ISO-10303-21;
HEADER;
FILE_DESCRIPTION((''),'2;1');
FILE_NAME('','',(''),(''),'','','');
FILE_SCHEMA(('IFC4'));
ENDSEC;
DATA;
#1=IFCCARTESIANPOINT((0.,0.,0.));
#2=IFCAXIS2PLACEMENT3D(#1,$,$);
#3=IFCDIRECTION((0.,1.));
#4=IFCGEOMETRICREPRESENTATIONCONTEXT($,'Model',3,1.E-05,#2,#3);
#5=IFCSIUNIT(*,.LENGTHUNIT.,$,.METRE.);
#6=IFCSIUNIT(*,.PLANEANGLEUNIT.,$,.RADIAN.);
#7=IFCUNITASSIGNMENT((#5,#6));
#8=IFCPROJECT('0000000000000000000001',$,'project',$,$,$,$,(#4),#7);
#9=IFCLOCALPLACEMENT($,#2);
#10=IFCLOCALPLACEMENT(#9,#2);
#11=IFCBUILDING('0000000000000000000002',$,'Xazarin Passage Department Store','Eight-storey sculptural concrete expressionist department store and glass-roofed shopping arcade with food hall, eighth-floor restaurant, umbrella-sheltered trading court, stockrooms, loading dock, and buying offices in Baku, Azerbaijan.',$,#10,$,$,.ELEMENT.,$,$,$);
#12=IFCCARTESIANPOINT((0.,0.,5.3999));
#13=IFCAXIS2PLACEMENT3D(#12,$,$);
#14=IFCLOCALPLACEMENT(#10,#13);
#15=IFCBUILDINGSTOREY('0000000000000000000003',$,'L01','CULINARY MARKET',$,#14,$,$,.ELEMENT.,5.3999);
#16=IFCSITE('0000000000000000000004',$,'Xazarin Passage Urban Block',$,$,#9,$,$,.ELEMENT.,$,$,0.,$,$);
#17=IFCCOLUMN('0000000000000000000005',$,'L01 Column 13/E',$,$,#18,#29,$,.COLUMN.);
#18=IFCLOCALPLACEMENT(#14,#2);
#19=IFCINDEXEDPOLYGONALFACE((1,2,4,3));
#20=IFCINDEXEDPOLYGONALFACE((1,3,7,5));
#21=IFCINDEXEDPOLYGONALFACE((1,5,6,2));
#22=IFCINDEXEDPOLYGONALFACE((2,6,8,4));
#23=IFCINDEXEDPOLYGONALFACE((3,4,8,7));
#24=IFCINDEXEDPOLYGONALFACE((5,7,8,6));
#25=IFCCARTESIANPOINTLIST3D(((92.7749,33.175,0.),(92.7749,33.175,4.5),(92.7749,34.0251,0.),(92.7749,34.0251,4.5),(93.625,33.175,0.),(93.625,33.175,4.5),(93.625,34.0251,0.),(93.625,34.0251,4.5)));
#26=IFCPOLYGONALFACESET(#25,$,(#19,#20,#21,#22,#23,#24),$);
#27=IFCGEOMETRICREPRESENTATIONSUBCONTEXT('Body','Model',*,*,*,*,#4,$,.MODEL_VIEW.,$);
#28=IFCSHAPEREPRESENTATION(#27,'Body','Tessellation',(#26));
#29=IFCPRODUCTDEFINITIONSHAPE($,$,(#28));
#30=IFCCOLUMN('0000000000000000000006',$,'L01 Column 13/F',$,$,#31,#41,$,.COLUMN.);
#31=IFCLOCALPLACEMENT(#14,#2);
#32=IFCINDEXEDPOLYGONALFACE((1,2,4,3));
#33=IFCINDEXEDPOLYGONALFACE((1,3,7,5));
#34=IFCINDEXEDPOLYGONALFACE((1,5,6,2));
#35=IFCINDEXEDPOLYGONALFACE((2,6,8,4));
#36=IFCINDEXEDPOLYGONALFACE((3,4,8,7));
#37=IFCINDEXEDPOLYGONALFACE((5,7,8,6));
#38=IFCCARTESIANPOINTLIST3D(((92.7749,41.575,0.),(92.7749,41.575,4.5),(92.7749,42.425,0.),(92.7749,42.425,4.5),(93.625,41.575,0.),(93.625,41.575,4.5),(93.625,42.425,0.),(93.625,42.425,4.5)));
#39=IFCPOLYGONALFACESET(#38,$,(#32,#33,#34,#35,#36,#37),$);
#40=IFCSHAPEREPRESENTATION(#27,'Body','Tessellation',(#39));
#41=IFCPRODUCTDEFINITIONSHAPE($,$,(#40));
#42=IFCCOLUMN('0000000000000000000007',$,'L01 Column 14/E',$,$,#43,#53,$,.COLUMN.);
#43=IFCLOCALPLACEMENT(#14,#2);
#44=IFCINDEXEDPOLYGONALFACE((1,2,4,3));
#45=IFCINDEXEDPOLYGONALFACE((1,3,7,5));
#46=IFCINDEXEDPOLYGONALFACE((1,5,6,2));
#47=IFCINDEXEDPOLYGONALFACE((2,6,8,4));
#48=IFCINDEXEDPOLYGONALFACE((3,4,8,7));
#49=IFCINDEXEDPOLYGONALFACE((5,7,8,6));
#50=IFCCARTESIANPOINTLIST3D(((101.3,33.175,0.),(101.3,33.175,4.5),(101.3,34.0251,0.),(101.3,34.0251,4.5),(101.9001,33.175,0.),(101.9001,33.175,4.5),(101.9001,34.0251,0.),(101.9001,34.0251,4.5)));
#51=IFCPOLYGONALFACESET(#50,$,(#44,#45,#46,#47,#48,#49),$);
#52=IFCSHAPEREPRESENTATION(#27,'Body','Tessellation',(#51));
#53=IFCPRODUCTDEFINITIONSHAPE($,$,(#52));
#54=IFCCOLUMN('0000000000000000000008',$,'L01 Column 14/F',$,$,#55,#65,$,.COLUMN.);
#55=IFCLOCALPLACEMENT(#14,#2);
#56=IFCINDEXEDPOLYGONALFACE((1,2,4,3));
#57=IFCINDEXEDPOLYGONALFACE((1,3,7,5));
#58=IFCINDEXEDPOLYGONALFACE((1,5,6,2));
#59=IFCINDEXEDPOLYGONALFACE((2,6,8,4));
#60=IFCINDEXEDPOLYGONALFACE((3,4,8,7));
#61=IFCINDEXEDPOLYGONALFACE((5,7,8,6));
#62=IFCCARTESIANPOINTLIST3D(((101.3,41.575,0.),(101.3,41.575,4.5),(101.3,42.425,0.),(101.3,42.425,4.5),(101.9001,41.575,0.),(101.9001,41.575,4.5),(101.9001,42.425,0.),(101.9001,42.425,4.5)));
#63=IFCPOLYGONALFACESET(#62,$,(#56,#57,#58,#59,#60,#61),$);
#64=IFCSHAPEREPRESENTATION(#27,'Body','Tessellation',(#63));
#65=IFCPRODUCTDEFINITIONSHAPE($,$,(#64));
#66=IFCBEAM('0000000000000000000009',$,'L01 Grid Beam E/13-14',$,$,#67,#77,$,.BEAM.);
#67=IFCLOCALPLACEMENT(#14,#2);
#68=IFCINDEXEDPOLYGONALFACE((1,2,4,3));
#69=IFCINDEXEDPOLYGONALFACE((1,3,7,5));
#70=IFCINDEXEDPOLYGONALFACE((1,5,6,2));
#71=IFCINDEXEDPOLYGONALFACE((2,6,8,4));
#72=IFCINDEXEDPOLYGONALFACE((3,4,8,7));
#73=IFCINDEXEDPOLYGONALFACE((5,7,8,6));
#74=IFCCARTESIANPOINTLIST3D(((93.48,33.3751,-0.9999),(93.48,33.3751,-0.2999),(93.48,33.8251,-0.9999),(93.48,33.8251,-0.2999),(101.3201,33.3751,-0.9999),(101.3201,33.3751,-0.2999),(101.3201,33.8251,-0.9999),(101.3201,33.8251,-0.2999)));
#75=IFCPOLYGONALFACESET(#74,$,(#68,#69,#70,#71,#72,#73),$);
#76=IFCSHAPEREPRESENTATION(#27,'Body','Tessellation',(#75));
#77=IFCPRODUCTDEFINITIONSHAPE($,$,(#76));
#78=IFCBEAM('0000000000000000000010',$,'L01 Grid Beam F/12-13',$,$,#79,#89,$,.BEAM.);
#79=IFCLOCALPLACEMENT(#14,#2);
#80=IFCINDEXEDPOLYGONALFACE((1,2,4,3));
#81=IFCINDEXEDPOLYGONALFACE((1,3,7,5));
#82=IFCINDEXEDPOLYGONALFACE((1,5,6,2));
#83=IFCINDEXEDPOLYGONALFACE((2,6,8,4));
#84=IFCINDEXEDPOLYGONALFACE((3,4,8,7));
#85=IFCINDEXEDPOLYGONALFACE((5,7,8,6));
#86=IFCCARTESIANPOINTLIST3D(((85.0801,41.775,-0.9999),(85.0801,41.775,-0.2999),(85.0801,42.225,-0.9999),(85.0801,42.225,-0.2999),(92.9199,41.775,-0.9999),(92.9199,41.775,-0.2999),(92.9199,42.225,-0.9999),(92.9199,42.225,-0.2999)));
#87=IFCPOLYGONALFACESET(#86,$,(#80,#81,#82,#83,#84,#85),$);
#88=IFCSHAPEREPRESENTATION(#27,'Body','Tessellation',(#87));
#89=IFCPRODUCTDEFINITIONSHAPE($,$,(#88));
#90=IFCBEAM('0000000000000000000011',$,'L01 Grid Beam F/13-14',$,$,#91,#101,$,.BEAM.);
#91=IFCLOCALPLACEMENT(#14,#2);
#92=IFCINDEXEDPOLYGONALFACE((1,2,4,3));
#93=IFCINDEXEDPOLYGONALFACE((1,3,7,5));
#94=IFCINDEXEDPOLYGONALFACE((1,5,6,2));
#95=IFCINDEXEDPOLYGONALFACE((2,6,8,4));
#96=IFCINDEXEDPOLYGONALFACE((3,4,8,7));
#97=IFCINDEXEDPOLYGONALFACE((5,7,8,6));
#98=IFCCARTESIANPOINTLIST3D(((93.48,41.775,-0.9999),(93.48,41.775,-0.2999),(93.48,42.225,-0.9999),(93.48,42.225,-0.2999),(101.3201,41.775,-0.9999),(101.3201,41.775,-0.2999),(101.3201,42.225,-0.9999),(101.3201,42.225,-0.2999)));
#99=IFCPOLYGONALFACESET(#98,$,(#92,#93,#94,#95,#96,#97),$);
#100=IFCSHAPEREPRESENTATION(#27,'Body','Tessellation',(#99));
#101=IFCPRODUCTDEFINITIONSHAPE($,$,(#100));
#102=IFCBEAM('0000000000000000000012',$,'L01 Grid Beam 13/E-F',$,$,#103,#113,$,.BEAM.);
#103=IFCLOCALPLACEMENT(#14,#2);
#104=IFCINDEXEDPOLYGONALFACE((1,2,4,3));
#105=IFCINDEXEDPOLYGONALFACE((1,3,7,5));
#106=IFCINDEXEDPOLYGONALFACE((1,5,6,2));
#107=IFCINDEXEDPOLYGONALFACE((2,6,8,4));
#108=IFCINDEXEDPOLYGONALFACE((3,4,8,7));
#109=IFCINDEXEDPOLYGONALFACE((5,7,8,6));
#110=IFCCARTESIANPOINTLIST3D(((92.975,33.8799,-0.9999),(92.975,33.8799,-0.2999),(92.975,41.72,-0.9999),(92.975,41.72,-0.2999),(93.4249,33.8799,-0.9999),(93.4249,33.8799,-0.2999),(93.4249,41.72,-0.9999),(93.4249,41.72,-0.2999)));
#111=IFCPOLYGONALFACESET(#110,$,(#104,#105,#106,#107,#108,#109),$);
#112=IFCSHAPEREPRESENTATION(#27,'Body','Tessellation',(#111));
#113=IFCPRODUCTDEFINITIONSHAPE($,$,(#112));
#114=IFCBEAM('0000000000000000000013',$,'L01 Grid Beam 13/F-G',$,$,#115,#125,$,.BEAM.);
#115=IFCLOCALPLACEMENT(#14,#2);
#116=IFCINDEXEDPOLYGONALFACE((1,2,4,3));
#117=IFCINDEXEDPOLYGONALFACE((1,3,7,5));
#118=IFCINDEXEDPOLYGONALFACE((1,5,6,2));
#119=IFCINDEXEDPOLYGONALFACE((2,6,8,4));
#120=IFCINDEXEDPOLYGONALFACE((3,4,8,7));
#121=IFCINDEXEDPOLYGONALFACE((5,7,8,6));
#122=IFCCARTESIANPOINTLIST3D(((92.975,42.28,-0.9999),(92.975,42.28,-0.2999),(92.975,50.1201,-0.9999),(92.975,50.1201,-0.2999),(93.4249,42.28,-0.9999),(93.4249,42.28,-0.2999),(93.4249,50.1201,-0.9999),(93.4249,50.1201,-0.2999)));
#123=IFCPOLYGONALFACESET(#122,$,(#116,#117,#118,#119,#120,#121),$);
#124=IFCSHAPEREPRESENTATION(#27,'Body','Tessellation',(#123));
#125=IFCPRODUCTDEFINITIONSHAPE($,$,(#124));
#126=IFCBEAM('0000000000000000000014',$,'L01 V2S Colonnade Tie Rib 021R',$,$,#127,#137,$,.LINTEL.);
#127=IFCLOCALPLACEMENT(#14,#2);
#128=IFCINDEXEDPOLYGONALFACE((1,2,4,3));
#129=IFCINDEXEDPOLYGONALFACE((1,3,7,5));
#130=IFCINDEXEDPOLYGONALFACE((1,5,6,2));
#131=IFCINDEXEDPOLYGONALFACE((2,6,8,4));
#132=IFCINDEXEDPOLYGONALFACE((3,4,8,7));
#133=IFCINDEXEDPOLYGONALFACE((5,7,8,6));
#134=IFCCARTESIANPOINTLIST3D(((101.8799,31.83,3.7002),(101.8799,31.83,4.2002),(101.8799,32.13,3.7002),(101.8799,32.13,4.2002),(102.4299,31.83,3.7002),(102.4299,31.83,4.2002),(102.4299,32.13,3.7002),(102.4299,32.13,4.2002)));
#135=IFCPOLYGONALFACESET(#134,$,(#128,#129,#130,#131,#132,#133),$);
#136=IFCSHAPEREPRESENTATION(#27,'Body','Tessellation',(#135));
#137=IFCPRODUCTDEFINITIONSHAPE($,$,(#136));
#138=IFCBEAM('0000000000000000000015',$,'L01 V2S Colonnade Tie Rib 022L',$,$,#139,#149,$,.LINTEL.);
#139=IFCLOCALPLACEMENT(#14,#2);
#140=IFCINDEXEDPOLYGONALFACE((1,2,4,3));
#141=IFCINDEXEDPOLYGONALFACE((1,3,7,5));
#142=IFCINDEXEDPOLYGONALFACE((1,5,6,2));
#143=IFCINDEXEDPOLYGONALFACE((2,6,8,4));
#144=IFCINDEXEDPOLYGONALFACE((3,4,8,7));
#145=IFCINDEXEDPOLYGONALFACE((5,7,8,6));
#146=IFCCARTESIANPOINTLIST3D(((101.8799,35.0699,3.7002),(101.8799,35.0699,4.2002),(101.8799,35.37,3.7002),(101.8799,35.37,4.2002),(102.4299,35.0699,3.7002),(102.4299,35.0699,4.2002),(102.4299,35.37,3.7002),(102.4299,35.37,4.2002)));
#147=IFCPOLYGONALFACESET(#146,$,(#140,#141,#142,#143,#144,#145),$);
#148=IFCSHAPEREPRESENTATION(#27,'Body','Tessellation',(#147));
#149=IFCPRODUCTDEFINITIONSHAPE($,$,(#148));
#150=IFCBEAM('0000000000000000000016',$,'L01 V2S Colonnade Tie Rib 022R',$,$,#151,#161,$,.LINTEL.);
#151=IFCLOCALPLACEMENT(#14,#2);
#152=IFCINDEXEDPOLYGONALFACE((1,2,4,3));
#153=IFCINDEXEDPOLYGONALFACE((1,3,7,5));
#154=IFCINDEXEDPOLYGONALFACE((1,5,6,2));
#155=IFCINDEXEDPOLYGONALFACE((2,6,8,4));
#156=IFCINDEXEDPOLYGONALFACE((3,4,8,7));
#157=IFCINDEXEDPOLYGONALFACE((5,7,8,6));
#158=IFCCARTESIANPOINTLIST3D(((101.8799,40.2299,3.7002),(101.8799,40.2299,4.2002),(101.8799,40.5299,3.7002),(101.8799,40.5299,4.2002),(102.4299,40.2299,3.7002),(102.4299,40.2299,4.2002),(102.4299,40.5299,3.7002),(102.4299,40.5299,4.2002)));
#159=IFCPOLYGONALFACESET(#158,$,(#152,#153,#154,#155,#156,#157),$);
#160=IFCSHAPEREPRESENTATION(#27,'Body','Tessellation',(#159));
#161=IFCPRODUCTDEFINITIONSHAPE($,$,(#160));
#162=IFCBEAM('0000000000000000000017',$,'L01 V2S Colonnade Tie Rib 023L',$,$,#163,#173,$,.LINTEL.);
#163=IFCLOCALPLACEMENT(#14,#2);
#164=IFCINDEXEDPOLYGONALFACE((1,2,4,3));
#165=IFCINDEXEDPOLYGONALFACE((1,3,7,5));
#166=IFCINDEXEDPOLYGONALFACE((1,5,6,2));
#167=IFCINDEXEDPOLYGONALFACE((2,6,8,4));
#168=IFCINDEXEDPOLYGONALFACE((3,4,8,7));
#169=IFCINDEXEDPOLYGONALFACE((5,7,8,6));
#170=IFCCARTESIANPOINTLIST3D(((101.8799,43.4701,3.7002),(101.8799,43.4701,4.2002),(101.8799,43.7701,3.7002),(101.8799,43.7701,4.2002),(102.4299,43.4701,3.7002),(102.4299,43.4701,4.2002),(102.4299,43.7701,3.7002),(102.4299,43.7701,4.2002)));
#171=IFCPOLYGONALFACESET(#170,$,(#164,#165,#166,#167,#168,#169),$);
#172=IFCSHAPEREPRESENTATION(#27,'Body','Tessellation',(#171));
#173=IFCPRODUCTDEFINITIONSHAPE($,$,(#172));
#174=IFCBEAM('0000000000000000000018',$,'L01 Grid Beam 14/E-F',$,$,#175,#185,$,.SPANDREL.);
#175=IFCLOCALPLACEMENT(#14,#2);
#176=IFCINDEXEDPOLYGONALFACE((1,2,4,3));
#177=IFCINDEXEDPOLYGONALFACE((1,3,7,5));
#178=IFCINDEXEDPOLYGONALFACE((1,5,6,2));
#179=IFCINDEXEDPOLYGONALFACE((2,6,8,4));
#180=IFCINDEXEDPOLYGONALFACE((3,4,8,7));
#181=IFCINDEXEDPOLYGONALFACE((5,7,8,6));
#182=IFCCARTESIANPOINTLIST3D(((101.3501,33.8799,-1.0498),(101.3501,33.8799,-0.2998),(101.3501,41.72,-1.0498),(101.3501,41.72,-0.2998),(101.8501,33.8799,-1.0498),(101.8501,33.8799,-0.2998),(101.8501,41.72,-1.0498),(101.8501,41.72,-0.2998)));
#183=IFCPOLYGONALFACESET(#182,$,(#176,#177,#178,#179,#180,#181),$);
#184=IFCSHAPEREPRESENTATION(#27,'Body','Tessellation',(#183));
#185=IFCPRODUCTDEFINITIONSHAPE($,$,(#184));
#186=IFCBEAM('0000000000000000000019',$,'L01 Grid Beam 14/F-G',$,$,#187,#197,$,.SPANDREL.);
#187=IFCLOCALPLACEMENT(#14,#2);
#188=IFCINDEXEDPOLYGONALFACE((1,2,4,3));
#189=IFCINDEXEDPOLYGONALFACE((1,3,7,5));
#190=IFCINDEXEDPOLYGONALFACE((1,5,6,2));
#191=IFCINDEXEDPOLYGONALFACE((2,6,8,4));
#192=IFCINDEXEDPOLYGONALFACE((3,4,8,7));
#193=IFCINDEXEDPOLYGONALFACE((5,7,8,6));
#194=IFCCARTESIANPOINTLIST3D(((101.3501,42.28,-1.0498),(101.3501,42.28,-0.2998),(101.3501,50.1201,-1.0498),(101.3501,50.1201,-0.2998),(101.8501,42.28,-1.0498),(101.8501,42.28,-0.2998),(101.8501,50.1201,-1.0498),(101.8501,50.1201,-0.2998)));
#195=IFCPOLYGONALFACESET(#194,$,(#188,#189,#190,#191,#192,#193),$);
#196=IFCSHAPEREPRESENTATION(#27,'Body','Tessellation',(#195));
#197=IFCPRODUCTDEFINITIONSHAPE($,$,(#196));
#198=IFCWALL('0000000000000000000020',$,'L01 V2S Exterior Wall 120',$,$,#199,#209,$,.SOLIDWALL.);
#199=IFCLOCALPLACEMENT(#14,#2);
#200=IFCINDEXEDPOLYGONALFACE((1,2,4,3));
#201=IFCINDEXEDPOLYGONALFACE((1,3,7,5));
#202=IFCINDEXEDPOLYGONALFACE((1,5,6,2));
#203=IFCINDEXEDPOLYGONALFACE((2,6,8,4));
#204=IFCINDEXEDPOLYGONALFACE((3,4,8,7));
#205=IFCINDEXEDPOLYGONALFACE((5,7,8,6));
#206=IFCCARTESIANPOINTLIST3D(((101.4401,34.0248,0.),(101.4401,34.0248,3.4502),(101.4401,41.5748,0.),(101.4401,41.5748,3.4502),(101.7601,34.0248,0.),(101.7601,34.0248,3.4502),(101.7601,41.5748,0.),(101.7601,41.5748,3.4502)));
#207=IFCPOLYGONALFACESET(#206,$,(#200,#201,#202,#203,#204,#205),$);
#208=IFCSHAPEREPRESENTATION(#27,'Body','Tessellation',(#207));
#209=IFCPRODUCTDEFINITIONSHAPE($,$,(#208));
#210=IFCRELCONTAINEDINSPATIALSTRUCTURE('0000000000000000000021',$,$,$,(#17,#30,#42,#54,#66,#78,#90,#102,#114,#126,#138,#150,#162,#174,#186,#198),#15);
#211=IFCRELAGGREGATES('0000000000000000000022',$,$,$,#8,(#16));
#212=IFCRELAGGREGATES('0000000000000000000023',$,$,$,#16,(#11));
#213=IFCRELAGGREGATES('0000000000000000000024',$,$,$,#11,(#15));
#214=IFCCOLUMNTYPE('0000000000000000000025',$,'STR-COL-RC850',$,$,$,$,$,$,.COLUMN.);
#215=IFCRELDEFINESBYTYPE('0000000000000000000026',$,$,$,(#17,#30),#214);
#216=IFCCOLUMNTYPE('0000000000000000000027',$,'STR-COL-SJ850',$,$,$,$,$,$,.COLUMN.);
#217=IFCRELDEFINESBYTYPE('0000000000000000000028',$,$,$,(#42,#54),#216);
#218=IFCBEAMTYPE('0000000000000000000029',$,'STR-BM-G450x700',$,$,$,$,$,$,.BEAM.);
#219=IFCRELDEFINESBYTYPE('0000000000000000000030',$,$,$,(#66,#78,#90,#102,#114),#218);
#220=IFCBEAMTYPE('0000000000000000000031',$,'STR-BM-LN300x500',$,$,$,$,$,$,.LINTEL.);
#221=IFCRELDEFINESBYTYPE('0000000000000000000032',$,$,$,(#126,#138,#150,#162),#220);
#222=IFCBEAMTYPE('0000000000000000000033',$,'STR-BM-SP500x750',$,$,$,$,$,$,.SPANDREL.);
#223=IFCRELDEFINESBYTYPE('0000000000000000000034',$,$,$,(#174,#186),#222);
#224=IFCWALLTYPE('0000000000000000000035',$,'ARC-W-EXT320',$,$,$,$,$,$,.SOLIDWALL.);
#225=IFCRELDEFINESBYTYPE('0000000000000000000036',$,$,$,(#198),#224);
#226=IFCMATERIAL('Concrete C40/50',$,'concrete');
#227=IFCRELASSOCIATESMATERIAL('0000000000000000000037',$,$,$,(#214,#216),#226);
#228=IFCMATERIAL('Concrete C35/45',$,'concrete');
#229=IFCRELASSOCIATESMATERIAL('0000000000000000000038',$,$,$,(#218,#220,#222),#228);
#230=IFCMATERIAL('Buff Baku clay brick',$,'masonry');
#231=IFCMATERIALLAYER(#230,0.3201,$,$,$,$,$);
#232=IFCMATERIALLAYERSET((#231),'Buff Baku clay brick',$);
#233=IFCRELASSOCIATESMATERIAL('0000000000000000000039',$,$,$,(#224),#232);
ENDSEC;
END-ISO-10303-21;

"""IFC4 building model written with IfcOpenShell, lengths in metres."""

from ifc_helpers import new_model, si_unit, direction, frame, frame_2d, origin, origin_2d, place, context, subcontext, project, spatial, rectangle, extrude, material, layer, layer_set, material_profile, profile_set, type_object, element, save


model = new_model("IFC4")

# Units and contexts
model_context = context("Model", 3, precision=1e-05, world=origin(), true_north=direction((0.0, 1.0)))
body_context = subcontext(model_context, "Body", "Model", "MODEL_VIEW")
ifc_project = project(units=[si_unit("LENGTHUNIT", "METRE"), si_unit("PLANEANGLEUNIT", "RADIAN")], contexts=[model_context])

# Site, building, storey
site_placement = place(None, origin())
site = spatial("IfcSite", under=ifc_project, at=site_placement, Name="Xazarin Passage Urban Block", CompositionType="ELEMENT", RefElevation=0.0)
building_placement = place(site_placement, origin())
building = spatial("IfcBuilding", under=site, at=building_placement, Name="Xazarin Passage Department Store", Description="Eight-storey sculptural concrete expressionist department store and glass-roofed shopping arcade with food hall, eighth-floor restaurant, umbrella-sheltered trading court, stockrooms, loading dock, and buying offices in Baku, Azerbaijan.", CompositionType="ELEMENT")
storey_placement = place(building_placement, frame((0.0, 0.0, 5.3999)))
storey = spatial("IfcBuildingStorey", under=building, at=storey_placement, Name="L01", Description="CULINARY MARKET", CompositionType="ELEMENT", Elevation=5.3999)

# Columns
ifc_material_1 = material(Name="Concrete C40/50", Category="concrete")
ifc_material_profile_1 = material_profile(ifc_material_1, rectangle(XDim=0.8501, YDim=0.8501, at=origin_2d()), Name="RC 850x850")
ifc_profile_set_1 = profile_set([ifc_material_profile_1], Name="Concrete C40/50")
column_type_1 = type_object("IfcColumnType", Name="STR-COL-RC850", PredefinedType="COLUMN", material=ifc_profile_set_1)
for number, where, z_axis, x_axis, name in (
    (1, (93.2, 33.6001, 0.0), (0.0, 0.0, 1.0), (1.0, 0.0, 0.0), "L01 Column 13/E"),
    (2, (93.2, 42.0, 0.0), (0.0, 0.0, 1.0), (1.0, 0.0, 0.0), "L01 Column 13/F"),
):
    element("IfcColumn", number, at=place(storey_placement, frame(where, z_axis=z_axis, x_axis=x_axis)), inside=storey, type_object=column_type_1, Name=name, PredefinedType="COLUMN", context=body_context, shape_type="SweptSolid", body=[
        extrude(rectangle(XDim=0.8501, YDim=0.8501, at=origin_2d()), origin(), (0.0, 0.0, 1.0), 4.5),
    ])
ifc_material_profile_2 = material_profile(ifc_material_1, rectangle(XDim=0.6001, YDim=0.8501, at=origin_2d()), Name="RC 600x850")
ifc_profile_set_2 = profile_set([ifc_material_profile_2], Name="Concrete C40/50")
column_type_2 = type_object("IfcColumnType", Name="STR-COL-SJ850", PredefinedType="COLUMN", material=ifc_profile_set_2)
for number, where, z_axis, x_axis, name in (
    (3, (101.6001, 33.6001, 0.0), (0.0, 0.0, 1.0), (1.0, 0.0, 0.0), "L01 Column 14/E"),
    (4, (101.6001, 42.0, 0.0), (0.0, 0.0, 1.0), (1.0, 0.0, 0.0), "L01 Column 14/F"),
):
    element("IfcColumn", number, at=place(storey_placement, frame(where, z_axis=z_axis, x_axis=x_axis)), inside=storey, type_object=column_type_2, Name=name, PredefinedType="COLUMN", context=body_context, shape_type="SweptSolid", body=[
        extrude(rectangle(XDim=0.6001, YDim=0.8501, at=origin_2d()), origin(), (0.0, 0.0, 1.0), 4.5),
    ])

# Beams
ifc_material_2 = material(Name="Concrete C35/45", Category="concrete")
ifc_material_profile_3 = material_profile(ifc_material_2, rectangle(XDim=0.45, YDim=0.7, at=origin_2d()), Name="RC 450x700")
ifc_profile_set_3 = profile_set([ifc_material_profile_3], Name="Concrete C35/45")
beam_type_1 = type_object("IfcBeamType", Name="STR-BM-G450x700", PredefinedType="BEAM", material=ifc_profile_set_3)
beam_1_placement = place(storey_placement, frame((93.48, 33.6001, -0.6499), z_axis=(1.0, 0.0, 0.0), x_axis=(0.0, 1.0, 0.0)))
element("IfcBeam", 5, at=beam_1_placement, inside=storey, type_object=beam_type_1, Name="L01 Grid Beam E/13-14", PredefinedType="BEAM", context=body_context, shape_type="SweptSolid", body=[
    extrude(rectangle(XDim=0.45, YDim=0.7, at=origin_2d()), origin(), (0.0, 0.0, 1.0), 7.8401),
])
beam_2_placement = place(storey_placement, frame((85.0801, 42.0, -0.6499), z_axis=(1.0, 0.0, 0.0), x_axis=(0.0, 1.0, 0.0)))
element("IfcBeam", 6, at=beam_2_placement, inside=storey, type_object=beam_type_1, Name="L01 Grid Beam F/12-13", PredefinedType="BEAM", context=body_context, shape_type="SweptSolid", body=[
    extrude(rectangle(XDim=0.45, YDim=0.7, at=origin_2d()), origin(), (0.0, 0.0, 1.0), 7.8398),
])
for number, where, z_axis, x_axis, name in (
    (7, (93.48, 42.0, -0.6499), (1.0, 0.0, 0.0), (0.0, 1.0, 0.0), "L01 Grid Beam F/13-14"),
    (8, (93.2, 33.8799, -0.6499), (0.0, 1.0, 0.0), (-1.0, 0.0, 0.0), "L01 Grid Beam 13/E-F"),
    (9, (93.2, 42.28, -0.6499), (0.0, 1.0, 0.0), (-1.0, 0.0, 0.0), "L01 Grid Beam 13/F-G"),
):
    element("IfcBeam", number, at=place(storey_placement, frame(where, z_axis=z_axis, x_axis=x_axis)), inside=storey, type_object=beam_type_1, Name=name, PredefinedType="BEAM", context=body_context, shape_type="SweptSolid", body=[
        extrude(rectangle(XDim=0.45, YDim=0.7, at=origin_2d()), origin(), (0.0, 0.0, 1.0), 7.8401),
    ])
ifc_material_profile_4 = material_profile(ifc_material_2, rectangle(XDim=0.3, YDim=0.5, at=origin_2d()), Name="RC 300x500")
ifc_profile_set_4 = profile_set([ifc_material_profile_4], Name="Concrete C35/45")
beam_type_2 = type_object("IfcBeamType", Name="STR-BM-LN300x500", PredefinedType="LINTEL", material=ifc_profile_set_4)
for number, where, z_axis, x_axis, name in (
    (10, (101.8799, 31.98, 3.9502), (1.0, 0.0, 0.0), (0.0, 1.0, 0.0), "L01 V2S Colonnade Tie Rib 021R"),
    (11, (101.8799, 35.22, 3.9502), (1.0, 0.0, 0.0), (0.0, 1.0, 0.0), "L01 V2S Colonnade Tie Rib 022L"),
    (12, (101.8799, 40.3799, 3.9502), (1.0, 0.0, 0.0), (0.0, 1.0, 0.0), "L01 V2S Colonnade Tie Rib 022R"),
    (13, (101.8799, 43.6201, 3.9502), (1.0, 0.0, 0.0), (0.0, 1.0, 0.0), "L01 V2S Colonnade Tie Rib 023L"),
):
    element("IfcBeam", number, at=place(storey_placement, frame(where, z_axis=z_axis, x_axis=x_axis)), inside=storey, type_object=beam_type_2, Name=name, PredefinedType="LINTEL", context=body_context, shape_type="SweptSolid", body=[
        extrude(rectangle(XDim=0.3, YDim=0.5, at=origin_2d()), origin(), (0.0, 0.0, 1.0), 0.55),
    ])
ifc_material_profile_5 = material_profile(ifc_material_2, rectangle(XDim=0.5, YDim=0.75, at=origin_2d()), Name="RC 500x750")
ifc_profile_set_5 = profile_set([ifc_material_profile_5], Name="Concrete C35/45")
beam_type_3 = type_object("IfcBeamType", Name="STR-BM-SP500x750", PredefinedType="SPANDREL", material=ifc_profile_set_5)
for number, where, z_axis, x_axis, name in (
    (14, (101.6001, 33.8799, -0.6748), (0.0, 1.0, 0.0), (-1.0, 0.0, 0.0), "L01 Grid Beam 14/E-F"),
    (15, (101.6001, 42.28, -0.6748), (0.0, 1.0, 0.0), (-1.0, 0.0, 0.0), "L01 Grid Beam 14/F-G"),
):
    element("IfcBeam", number, at=place(storey_placement, frame(where, z_axis=z_axis, x_axis=x_axis)), inside=storey, type_object=beam_type_3, Name=name, PredefinedType="SPANDREL", context=body_context, shape_type="SweptSolid", body=[
        extrude(rectangle(XDim=0.5, YDim=0.75, at=origin_2d()), origin(), (0.0, 0.0, 1.0), 7.8401),
    ])

# Wall
ifc_material_3 = material(Name="Buff Baku clay brick", Category="masonry")
ifc_layer_1 = layer(ifc_material_3, 0.3201)
ifc_layer_set_1 = layer_set([ifc_layer_1], Name="Buff Baku clay brick")
wall_type_1 = type_object("IfcWallType", Name="ARC-W-EXT320", PredefinedType="SOLIDWALL", material=ifc_layer_set_1)
wall_1_placement = place(storey_placement, frame((101.6001, 34.0249, 0.0), z_axis=(0.0, 0.0, 1.0), x_axis=(0.0, 1.0, 0.0)))
element("IfcWall", 16, at=wall_1_placement, inside=storey, type_object=wall_type_1, Name="L01 V2S Exterior Wall 120", PredefinedType="SOLIDWALL", context=body_context, shape_type="SweptSolid", body=[
    extrude(rectangle(XDim=7.55, YDim=0.3201, at=frame_2d((3.7749, 0.0))), origin(), (0.0, 0.0, 1.0), 3.4502),
])

save(model, "model.ifc")
